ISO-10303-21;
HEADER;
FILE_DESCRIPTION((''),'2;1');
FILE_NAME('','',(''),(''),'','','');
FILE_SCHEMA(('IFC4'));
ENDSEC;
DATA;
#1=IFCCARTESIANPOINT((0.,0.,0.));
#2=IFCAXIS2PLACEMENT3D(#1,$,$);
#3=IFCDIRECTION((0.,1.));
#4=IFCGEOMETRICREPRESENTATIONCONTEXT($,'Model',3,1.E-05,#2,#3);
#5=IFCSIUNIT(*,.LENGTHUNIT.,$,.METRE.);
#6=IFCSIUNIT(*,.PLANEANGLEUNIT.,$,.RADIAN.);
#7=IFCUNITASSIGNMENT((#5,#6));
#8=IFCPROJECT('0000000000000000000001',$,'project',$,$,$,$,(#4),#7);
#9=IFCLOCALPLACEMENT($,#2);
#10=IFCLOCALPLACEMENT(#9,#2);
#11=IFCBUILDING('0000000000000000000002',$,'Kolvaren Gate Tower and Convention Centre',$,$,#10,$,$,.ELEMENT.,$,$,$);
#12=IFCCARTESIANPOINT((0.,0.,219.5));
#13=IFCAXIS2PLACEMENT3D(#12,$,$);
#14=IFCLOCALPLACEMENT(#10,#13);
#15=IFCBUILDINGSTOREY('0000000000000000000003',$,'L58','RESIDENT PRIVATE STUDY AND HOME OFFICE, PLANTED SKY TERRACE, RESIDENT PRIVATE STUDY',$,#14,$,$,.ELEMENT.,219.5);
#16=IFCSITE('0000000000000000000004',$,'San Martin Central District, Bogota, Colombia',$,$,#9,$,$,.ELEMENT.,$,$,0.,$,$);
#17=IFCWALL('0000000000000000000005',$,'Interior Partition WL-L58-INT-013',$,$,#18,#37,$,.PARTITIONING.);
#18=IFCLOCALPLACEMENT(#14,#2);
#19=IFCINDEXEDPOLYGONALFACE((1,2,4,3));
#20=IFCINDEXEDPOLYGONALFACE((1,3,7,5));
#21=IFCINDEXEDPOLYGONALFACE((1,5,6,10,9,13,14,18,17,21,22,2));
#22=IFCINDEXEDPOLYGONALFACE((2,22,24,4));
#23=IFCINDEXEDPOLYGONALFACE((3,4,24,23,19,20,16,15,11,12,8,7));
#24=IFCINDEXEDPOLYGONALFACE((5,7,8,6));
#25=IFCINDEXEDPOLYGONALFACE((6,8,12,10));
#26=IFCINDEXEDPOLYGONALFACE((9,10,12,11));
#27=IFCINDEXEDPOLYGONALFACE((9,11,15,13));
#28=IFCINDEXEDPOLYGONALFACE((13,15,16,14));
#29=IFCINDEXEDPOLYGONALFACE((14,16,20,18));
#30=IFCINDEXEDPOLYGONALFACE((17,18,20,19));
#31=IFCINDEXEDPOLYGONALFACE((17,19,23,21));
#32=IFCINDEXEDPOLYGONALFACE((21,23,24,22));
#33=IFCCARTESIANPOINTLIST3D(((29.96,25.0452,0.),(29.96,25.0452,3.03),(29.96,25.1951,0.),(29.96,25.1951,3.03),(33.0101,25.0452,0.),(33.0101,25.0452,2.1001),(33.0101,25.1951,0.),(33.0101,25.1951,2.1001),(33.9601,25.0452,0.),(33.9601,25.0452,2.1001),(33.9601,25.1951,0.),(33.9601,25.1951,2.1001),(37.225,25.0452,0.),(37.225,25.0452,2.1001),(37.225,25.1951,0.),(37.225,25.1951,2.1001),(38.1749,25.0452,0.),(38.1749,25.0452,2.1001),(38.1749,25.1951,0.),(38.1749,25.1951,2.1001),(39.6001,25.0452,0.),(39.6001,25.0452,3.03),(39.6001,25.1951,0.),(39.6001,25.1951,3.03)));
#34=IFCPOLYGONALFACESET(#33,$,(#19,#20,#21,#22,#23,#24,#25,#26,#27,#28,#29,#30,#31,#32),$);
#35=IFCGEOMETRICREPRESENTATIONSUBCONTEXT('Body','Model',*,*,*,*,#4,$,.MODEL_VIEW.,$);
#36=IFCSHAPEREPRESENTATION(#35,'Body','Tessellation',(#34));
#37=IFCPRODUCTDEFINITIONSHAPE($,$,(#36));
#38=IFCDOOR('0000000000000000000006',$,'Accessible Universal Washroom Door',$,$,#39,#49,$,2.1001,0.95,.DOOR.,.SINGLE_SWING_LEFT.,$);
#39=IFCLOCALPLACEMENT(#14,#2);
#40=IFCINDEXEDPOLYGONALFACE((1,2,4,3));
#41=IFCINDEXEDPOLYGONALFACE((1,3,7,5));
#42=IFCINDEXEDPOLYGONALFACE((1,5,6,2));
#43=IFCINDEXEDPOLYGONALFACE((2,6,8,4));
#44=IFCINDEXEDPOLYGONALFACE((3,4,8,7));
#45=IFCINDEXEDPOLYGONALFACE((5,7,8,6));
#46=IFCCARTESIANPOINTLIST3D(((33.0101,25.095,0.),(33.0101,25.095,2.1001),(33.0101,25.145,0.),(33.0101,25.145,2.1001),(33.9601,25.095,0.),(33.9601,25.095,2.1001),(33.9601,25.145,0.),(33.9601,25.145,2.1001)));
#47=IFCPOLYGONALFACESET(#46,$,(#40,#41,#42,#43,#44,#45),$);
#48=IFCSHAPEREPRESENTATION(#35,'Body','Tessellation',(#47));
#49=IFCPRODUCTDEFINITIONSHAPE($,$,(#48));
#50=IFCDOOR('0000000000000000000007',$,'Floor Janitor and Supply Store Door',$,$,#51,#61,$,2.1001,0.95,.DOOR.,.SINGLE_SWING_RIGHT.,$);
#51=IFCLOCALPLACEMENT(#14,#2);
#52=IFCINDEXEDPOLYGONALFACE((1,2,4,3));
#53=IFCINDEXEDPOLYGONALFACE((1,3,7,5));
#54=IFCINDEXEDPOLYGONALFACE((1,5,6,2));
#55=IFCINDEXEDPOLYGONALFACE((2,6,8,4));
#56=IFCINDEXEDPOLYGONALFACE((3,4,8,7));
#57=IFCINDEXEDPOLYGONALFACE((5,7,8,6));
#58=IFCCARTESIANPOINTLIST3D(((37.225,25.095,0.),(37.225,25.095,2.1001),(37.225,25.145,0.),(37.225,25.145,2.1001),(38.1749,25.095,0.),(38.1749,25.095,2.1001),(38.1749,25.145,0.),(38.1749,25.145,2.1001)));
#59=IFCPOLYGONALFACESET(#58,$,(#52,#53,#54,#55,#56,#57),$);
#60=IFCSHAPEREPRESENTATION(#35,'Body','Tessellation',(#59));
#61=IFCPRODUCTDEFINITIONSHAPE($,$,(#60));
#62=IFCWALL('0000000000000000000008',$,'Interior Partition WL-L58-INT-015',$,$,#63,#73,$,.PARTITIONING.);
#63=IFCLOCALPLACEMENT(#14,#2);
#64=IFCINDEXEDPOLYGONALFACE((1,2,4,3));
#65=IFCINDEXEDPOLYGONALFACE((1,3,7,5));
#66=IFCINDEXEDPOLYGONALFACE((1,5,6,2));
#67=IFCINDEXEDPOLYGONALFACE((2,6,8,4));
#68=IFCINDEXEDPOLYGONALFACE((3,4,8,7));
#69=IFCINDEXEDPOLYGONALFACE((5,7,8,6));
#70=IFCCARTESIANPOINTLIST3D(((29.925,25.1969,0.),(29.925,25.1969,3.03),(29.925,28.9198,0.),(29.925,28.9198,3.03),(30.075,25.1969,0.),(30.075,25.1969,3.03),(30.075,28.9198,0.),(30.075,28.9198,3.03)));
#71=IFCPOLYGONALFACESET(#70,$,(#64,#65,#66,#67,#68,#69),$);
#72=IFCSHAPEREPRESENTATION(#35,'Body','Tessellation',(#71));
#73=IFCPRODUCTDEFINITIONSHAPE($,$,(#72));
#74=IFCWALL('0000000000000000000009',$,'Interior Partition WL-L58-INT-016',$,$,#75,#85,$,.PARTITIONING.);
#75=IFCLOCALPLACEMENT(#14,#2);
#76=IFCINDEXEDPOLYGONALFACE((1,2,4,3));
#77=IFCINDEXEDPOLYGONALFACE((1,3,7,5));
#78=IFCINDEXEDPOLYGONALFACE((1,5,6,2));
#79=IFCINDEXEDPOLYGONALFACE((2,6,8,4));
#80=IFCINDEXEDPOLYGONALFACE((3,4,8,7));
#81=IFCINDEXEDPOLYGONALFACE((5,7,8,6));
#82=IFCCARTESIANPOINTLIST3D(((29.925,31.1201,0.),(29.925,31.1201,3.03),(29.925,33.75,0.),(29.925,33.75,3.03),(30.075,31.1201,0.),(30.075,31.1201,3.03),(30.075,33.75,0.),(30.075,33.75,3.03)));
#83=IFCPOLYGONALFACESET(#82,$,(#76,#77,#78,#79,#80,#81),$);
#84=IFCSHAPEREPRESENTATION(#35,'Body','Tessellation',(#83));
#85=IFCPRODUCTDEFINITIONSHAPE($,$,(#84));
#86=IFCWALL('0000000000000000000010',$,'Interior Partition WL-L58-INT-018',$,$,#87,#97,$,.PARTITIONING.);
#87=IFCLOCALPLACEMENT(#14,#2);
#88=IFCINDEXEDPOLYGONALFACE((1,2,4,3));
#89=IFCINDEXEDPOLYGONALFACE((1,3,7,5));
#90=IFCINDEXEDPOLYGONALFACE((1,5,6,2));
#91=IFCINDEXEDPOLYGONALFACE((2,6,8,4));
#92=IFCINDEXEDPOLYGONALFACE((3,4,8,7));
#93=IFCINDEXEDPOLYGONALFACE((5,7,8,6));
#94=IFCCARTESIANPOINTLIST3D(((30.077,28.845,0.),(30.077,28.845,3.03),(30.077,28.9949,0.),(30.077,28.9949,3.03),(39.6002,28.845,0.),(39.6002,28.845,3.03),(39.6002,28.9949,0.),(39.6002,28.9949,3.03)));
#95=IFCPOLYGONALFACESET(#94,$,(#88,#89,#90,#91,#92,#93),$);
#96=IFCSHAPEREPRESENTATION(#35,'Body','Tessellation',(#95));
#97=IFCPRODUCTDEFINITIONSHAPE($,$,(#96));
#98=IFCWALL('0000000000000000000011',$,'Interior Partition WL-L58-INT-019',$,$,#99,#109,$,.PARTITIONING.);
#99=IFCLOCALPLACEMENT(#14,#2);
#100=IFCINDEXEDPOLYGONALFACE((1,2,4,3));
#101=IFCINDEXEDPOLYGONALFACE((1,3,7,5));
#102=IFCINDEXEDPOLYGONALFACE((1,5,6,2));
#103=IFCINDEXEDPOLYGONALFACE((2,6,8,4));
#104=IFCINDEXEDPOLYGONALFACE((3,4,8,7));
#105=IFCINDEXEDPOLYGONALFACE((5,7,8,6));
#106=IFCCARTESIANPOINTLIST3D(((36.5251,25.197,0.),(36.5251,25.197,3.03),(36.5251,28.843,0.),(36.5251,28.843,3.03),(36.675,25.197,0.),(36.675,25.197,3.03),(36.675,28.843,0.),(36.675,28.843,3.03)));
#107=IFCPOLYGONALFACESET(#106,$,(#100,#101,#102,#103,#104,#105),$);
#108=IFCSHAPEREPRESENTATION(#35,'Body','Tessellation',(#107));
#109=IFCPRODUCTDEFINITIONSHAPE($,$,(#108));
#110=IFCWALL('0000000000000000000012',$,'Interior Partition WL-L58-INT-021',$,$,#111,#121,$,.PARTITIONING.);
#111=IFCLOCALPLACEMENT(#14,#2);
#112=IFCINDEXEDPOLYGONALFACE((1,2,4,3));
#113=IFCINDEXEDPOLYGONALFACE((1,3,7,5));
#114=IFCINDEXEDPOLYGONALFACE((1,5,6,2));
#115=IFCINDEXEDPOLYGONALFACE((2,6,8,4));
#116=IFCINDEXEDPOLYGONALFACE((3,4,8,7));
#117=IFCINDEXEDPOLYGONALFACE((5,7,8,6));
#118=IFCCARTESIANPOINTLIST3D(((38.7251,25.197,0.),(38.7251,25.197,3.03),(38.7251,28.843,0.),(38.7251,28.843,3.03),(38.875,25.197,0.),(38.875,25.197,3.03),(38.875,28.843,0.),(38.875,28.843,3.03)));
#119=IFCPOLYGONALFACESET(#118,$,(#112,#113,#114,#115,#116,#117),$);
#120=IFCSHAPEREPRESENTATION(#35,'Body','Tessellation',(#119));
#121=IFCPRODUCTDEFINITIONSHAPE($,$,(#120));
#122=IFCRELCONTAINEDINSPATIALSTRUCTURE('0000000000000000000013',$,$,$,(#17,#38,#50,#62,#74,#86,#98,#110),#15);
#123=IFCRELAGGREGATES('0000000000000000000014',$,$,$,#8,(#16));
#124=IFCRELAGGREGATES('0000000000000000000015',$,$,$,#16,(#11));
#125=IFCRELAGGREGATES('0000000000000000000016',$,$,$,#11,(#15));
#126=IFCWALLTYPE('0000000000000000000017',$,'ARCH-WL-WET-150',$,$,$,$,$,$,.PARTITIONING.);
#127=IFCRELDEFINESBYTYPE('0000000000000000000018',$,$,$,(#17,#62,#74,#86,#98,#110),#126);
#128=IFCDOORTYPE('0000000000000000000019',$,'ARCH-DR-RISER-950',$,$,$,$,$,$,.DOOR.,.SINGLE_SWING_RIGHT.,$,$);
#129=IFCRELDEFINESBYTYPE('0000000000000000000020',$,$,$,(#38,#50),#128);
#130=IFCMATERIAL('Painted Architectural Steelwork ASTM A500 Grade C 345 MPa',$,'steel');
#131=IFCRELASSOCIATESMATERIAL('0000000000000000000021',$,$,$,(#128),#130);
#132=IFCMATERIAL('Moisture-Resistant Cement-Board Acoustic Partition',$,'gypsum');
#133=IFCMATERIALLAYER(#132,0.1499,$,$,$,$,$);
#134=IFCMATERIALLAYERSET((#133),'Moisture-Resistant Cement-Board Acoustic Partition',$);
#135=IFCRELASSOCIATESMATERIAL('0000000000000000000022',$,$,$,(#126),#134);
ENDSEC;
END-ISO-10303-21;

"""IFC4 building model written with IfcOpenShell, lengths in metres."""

from ifc_helpers import new_model, si_unit, direction, frame, frame_2d, origin, place, context, subcontext, project, spatial, rectangle, extrude, material, layer, layer_set, type_object, element, fill, save


model = new_model("IFC4")

# Units and contexts
model_context = context("Model", 3, precision=1e-05, world=origin(), true_north=direction((0.0, 1.0)))
body_context = subcontext(model_context, "Body", "Model", "MODEL_VIEW")
ifc_project = project(units=[si_unit("LENGTHUNIT", "METRE"), si_unit("PLANEANGLEUNIT", "RADIAN")], contexts=[model_context])

# Site, building, storey
site_placement = place(None, origin())
site = spatial("IfcSite", under=ifc_project, at=site_placement, Name="San Martin Central District, Bogota, Colombia", CompositionType="ELEMENT", RefElevation=0.0)
building_placement = place(site_placement, origin())
building = spatial("IfcBuilding", under=site, at=building_placement, Name="Kolvaren Gate Tower and Convention Centre", CompositionType="ELEMENT")
storey_placement = place(building_placement, frame((0.0, 0.0, 219.5)))
storey = spatial("IfcBuildingStorey", under=building, at=storey_placement, Name="L58", Description="RESIDENT PRIVATE STUDY AND HOME OFFICE, PLANTED SKY TERRACE, RESIDENT PRIVATE STUDY", CompositionType="ELEMENT", Elevation=219.5)

# Shared definitions
ifc_material_1 = material(Name="Painted Architectural Steelwork ASTM A500 Grade C 345 MPa", Category="steel")
door_type_1 = type_object("IfcDoorType", Name="ARCH-DR-RISER-950", OperationType="SINGLE_SWING_RIGHT", PredefinedType="DOOR", material=ifc_material_1)

# Wall, openings, doors
ifc_material_2 = material(Name="Moisture-Resistant Cement-Board Acoustic Partition", Category="gypsum")
ifc_layer_1 = layer(ifc_material_2, 0.1499)
ifc_layer_set_1 = layer_set([ifc_layer_1], Name="Moisture-Resistant Cement-Board Acoustic Partition")
wall_type_1 = type_object("IfcWallType", Name="ARCH-WL-WET-150", PredefinedType="PARTITIONING", material=ifc_layer_set_1)
wall_1_placement = place(storey_placement, frame((29.96, 25.1201, 0.0), z_axis=(0.0, 0.0, 1.0), x_axis=(1.0, 0.0, 0.0)))
wall_1 = element("IfcWall", 1, at=wall_1_placement, inside=storey, type_object=wall_type_1, Name="Interior Partition WL-L58-INT-013", PredefinedType="PARTITIONING", context=body_context, shape_type="SweptSolid", body=[
    extrude(rectangle(XDim=9.6401, YDim=0.1499, at=frame_2d((4.8201, 0.0))), origin(), (0.0, 0.0, 1.0), 3.03),
])
opening_1_placement = place(wall_1_placement, frame((3.05, 0.0, 0.0)))
opening_1 = element("IfcOpeningElement", 2, at=opening_1_placement, cuts=wall_1, PredefinedType="OPENING", context=body_context, shape_type="SweptSolid", body=[
    extrude(rectangle(XDim=0.95, YDim=2.1001, at=frame_2d((0.4751, 1.05))), frame((0.0, 0.085, 0.0), z_axis=(0.0, -1.0, 0.0), x_axis=(1.0, 0.0, 0.0)), (0.0, 0.0, 1.0), 0.1699),
])
opening_2_placement = place(wall_1_placement, frame((7.2649, 0.0, 0.0)))
opening_2 = element("IfcOpeningElement", 3, at=opening_2_placement, cuts=wall_1, PredefinedType="OPENING", context=body_context, shape_type="SweptSolid", body=[
    extrude(rectangle(XDim=0.95, YDim=2.1001, at=frame_2d((0.4751, 1.05))), frame((0.0, 0.085, 0.0), z_axis=(0.0, -1.0, 0.0), x_axis=(1.0, 0.0, 0.0)), (0.0, 0.0, 1.0), 0.1699),
])
door_1_placement = place(opening_1_placement, origin())
door_1 = element("IfcDoor", 4, at=door_1_placement, inside=storey, type_object=door_type_1, Name="Accessible Universal Washroom Door", OperationType="SINGLE_SWING_LEFT", OverallHeight=2.1001, OverallWidth=0.95, PredefinedType="DOOR", context=body_context, shape_type="SweptSolid", body=[
    extrude(rectangle(XDim=0.95, YDim=2.1001, at=frame_2d((0.4751, 1.05))), frame((0.0, 0.0249, 0.0), z_axis=(0.0, -1.0, 0.0), x_axis=(1.0, 0.0, 0.0)), (0.0, 0.0, 1.0), 0.05),
])
fill(opening_1, door_1)
door_2_placement = place(opening_2_placement, origin())
door_2 = element("IfcDoor", 5, at=door_2_placement, inside=storey, type_object=door_type_1, Name="Floor Janitor and Supply Store Door", OperationType="SINGLE_SWING_RIGHT", OverallHeight=2.1001, OverallWidth=0.95, PredefinedType="DOOR", context=body_context, shape_type="SweptSolid", body=[
    extrude(rectangle(XDim=0.95, YDim=2.1001, at=frame_2d((0.4751, 1.05))), frame((0.0, 0.0249, 0.0), z_axis=(0.0, -1.0, 0.0), x_axis=(1.0, 0.0, 0.0)), (0.0, 0.0, 1.0), 0.05),
])
fill(opening_2, door_2)

# Walls
wall_2_placement = place(storey_placement, frame((30.0, 25.197, 0.0), z_axis=(0.0, 0.0, 1.0), x_axis=(0.0, 1.0, 0.0)))
element("IfcWall", 6, at=wall_2_placement, inside=storey, type_object=wall_type_1, Name="Interior Partition WL-L58-INT-015", PredefinedType="PARTITIONING", context=body_context, shape_type="SweptSolid", body=[
    extrude(rectangle(XDim=3.7229, YDim=0.1499, at=frame_2d((1.8613, 0.0))), origin(), (0.0, 0.0, 1.0), 3.03),
])
wall_3_placement = place(storey_placement, frame((30.0, 31.1201, 0.0), z_axis=(0.0, 0.0, 1.0), x_axis=(0.0, 1.0, 0.0)))
element("IfcWall", 7, at=wall_3_placement, inside=storey, type_object=wall_type_1, Name="Interior Partition WL-L58-INT-016", PredefinedType="PARTITIONING", context=body_context, shape_type="SweptSolid", body=[
    extrude(rectangle(XDim=2.6299, YDim=0.1499, at=frame_2d((1.3149, 0.0))), origin(), (0.0, 0.0, 1.0), 3.03),
])
wall_4_placement = place(storey_placement, frame((30.0769, 28.9199, 0.0), z_axis=(0.0, 0.0, 1.0), x_axis=(1.0, 0.0, 0.0)))
element("IfcWall", 8, at=wall_4_placement, inside=storey, type_object=wall_type_1, Name="Interior Partition WL-L58-INT-018", PredefinedType="PARTITIONING", context=body_context, shape_type="SweptSolid", body=[
    extrude(rectangle(XDim=9.5232, YDim=0.1499, at=frame_2d((4.7617, 0.0))), origin(), (0.0, 0.0, 1.0), 3.03),
])
for number, where, z_axis, x_axis, name in (
    (9, (36.6001, 25.197, 0.0), (0.0, 0.0, 1.0), (0.0, 1.0, 0.0), "Interior Partition WL-L58-INT-019"),
    (10, (38.8, 25.197, 0.0), (0.0, 0.0, 1.0), (0.0, 1.0, 0.0), "Interior Partition WL-L58-INT-021"),
):
    element("IfcWall", number, at=place(storey_placement, frame(where, z_axis=z_axis, x_axis=x_axis)), inside=storey, type_object=wall_type_1, Name=name, PredefinedType="PARTITIONING", context=body_context, shape_type="SweptSolid", body=[
        extrude(rectangle(XDim=3.646, YDim=0.1499, at=frame_2d((1.823, 0.0))), origin(), (0.0, 0.0, 1.0), 3.03),
    ])

save(model, "model.ifc")
